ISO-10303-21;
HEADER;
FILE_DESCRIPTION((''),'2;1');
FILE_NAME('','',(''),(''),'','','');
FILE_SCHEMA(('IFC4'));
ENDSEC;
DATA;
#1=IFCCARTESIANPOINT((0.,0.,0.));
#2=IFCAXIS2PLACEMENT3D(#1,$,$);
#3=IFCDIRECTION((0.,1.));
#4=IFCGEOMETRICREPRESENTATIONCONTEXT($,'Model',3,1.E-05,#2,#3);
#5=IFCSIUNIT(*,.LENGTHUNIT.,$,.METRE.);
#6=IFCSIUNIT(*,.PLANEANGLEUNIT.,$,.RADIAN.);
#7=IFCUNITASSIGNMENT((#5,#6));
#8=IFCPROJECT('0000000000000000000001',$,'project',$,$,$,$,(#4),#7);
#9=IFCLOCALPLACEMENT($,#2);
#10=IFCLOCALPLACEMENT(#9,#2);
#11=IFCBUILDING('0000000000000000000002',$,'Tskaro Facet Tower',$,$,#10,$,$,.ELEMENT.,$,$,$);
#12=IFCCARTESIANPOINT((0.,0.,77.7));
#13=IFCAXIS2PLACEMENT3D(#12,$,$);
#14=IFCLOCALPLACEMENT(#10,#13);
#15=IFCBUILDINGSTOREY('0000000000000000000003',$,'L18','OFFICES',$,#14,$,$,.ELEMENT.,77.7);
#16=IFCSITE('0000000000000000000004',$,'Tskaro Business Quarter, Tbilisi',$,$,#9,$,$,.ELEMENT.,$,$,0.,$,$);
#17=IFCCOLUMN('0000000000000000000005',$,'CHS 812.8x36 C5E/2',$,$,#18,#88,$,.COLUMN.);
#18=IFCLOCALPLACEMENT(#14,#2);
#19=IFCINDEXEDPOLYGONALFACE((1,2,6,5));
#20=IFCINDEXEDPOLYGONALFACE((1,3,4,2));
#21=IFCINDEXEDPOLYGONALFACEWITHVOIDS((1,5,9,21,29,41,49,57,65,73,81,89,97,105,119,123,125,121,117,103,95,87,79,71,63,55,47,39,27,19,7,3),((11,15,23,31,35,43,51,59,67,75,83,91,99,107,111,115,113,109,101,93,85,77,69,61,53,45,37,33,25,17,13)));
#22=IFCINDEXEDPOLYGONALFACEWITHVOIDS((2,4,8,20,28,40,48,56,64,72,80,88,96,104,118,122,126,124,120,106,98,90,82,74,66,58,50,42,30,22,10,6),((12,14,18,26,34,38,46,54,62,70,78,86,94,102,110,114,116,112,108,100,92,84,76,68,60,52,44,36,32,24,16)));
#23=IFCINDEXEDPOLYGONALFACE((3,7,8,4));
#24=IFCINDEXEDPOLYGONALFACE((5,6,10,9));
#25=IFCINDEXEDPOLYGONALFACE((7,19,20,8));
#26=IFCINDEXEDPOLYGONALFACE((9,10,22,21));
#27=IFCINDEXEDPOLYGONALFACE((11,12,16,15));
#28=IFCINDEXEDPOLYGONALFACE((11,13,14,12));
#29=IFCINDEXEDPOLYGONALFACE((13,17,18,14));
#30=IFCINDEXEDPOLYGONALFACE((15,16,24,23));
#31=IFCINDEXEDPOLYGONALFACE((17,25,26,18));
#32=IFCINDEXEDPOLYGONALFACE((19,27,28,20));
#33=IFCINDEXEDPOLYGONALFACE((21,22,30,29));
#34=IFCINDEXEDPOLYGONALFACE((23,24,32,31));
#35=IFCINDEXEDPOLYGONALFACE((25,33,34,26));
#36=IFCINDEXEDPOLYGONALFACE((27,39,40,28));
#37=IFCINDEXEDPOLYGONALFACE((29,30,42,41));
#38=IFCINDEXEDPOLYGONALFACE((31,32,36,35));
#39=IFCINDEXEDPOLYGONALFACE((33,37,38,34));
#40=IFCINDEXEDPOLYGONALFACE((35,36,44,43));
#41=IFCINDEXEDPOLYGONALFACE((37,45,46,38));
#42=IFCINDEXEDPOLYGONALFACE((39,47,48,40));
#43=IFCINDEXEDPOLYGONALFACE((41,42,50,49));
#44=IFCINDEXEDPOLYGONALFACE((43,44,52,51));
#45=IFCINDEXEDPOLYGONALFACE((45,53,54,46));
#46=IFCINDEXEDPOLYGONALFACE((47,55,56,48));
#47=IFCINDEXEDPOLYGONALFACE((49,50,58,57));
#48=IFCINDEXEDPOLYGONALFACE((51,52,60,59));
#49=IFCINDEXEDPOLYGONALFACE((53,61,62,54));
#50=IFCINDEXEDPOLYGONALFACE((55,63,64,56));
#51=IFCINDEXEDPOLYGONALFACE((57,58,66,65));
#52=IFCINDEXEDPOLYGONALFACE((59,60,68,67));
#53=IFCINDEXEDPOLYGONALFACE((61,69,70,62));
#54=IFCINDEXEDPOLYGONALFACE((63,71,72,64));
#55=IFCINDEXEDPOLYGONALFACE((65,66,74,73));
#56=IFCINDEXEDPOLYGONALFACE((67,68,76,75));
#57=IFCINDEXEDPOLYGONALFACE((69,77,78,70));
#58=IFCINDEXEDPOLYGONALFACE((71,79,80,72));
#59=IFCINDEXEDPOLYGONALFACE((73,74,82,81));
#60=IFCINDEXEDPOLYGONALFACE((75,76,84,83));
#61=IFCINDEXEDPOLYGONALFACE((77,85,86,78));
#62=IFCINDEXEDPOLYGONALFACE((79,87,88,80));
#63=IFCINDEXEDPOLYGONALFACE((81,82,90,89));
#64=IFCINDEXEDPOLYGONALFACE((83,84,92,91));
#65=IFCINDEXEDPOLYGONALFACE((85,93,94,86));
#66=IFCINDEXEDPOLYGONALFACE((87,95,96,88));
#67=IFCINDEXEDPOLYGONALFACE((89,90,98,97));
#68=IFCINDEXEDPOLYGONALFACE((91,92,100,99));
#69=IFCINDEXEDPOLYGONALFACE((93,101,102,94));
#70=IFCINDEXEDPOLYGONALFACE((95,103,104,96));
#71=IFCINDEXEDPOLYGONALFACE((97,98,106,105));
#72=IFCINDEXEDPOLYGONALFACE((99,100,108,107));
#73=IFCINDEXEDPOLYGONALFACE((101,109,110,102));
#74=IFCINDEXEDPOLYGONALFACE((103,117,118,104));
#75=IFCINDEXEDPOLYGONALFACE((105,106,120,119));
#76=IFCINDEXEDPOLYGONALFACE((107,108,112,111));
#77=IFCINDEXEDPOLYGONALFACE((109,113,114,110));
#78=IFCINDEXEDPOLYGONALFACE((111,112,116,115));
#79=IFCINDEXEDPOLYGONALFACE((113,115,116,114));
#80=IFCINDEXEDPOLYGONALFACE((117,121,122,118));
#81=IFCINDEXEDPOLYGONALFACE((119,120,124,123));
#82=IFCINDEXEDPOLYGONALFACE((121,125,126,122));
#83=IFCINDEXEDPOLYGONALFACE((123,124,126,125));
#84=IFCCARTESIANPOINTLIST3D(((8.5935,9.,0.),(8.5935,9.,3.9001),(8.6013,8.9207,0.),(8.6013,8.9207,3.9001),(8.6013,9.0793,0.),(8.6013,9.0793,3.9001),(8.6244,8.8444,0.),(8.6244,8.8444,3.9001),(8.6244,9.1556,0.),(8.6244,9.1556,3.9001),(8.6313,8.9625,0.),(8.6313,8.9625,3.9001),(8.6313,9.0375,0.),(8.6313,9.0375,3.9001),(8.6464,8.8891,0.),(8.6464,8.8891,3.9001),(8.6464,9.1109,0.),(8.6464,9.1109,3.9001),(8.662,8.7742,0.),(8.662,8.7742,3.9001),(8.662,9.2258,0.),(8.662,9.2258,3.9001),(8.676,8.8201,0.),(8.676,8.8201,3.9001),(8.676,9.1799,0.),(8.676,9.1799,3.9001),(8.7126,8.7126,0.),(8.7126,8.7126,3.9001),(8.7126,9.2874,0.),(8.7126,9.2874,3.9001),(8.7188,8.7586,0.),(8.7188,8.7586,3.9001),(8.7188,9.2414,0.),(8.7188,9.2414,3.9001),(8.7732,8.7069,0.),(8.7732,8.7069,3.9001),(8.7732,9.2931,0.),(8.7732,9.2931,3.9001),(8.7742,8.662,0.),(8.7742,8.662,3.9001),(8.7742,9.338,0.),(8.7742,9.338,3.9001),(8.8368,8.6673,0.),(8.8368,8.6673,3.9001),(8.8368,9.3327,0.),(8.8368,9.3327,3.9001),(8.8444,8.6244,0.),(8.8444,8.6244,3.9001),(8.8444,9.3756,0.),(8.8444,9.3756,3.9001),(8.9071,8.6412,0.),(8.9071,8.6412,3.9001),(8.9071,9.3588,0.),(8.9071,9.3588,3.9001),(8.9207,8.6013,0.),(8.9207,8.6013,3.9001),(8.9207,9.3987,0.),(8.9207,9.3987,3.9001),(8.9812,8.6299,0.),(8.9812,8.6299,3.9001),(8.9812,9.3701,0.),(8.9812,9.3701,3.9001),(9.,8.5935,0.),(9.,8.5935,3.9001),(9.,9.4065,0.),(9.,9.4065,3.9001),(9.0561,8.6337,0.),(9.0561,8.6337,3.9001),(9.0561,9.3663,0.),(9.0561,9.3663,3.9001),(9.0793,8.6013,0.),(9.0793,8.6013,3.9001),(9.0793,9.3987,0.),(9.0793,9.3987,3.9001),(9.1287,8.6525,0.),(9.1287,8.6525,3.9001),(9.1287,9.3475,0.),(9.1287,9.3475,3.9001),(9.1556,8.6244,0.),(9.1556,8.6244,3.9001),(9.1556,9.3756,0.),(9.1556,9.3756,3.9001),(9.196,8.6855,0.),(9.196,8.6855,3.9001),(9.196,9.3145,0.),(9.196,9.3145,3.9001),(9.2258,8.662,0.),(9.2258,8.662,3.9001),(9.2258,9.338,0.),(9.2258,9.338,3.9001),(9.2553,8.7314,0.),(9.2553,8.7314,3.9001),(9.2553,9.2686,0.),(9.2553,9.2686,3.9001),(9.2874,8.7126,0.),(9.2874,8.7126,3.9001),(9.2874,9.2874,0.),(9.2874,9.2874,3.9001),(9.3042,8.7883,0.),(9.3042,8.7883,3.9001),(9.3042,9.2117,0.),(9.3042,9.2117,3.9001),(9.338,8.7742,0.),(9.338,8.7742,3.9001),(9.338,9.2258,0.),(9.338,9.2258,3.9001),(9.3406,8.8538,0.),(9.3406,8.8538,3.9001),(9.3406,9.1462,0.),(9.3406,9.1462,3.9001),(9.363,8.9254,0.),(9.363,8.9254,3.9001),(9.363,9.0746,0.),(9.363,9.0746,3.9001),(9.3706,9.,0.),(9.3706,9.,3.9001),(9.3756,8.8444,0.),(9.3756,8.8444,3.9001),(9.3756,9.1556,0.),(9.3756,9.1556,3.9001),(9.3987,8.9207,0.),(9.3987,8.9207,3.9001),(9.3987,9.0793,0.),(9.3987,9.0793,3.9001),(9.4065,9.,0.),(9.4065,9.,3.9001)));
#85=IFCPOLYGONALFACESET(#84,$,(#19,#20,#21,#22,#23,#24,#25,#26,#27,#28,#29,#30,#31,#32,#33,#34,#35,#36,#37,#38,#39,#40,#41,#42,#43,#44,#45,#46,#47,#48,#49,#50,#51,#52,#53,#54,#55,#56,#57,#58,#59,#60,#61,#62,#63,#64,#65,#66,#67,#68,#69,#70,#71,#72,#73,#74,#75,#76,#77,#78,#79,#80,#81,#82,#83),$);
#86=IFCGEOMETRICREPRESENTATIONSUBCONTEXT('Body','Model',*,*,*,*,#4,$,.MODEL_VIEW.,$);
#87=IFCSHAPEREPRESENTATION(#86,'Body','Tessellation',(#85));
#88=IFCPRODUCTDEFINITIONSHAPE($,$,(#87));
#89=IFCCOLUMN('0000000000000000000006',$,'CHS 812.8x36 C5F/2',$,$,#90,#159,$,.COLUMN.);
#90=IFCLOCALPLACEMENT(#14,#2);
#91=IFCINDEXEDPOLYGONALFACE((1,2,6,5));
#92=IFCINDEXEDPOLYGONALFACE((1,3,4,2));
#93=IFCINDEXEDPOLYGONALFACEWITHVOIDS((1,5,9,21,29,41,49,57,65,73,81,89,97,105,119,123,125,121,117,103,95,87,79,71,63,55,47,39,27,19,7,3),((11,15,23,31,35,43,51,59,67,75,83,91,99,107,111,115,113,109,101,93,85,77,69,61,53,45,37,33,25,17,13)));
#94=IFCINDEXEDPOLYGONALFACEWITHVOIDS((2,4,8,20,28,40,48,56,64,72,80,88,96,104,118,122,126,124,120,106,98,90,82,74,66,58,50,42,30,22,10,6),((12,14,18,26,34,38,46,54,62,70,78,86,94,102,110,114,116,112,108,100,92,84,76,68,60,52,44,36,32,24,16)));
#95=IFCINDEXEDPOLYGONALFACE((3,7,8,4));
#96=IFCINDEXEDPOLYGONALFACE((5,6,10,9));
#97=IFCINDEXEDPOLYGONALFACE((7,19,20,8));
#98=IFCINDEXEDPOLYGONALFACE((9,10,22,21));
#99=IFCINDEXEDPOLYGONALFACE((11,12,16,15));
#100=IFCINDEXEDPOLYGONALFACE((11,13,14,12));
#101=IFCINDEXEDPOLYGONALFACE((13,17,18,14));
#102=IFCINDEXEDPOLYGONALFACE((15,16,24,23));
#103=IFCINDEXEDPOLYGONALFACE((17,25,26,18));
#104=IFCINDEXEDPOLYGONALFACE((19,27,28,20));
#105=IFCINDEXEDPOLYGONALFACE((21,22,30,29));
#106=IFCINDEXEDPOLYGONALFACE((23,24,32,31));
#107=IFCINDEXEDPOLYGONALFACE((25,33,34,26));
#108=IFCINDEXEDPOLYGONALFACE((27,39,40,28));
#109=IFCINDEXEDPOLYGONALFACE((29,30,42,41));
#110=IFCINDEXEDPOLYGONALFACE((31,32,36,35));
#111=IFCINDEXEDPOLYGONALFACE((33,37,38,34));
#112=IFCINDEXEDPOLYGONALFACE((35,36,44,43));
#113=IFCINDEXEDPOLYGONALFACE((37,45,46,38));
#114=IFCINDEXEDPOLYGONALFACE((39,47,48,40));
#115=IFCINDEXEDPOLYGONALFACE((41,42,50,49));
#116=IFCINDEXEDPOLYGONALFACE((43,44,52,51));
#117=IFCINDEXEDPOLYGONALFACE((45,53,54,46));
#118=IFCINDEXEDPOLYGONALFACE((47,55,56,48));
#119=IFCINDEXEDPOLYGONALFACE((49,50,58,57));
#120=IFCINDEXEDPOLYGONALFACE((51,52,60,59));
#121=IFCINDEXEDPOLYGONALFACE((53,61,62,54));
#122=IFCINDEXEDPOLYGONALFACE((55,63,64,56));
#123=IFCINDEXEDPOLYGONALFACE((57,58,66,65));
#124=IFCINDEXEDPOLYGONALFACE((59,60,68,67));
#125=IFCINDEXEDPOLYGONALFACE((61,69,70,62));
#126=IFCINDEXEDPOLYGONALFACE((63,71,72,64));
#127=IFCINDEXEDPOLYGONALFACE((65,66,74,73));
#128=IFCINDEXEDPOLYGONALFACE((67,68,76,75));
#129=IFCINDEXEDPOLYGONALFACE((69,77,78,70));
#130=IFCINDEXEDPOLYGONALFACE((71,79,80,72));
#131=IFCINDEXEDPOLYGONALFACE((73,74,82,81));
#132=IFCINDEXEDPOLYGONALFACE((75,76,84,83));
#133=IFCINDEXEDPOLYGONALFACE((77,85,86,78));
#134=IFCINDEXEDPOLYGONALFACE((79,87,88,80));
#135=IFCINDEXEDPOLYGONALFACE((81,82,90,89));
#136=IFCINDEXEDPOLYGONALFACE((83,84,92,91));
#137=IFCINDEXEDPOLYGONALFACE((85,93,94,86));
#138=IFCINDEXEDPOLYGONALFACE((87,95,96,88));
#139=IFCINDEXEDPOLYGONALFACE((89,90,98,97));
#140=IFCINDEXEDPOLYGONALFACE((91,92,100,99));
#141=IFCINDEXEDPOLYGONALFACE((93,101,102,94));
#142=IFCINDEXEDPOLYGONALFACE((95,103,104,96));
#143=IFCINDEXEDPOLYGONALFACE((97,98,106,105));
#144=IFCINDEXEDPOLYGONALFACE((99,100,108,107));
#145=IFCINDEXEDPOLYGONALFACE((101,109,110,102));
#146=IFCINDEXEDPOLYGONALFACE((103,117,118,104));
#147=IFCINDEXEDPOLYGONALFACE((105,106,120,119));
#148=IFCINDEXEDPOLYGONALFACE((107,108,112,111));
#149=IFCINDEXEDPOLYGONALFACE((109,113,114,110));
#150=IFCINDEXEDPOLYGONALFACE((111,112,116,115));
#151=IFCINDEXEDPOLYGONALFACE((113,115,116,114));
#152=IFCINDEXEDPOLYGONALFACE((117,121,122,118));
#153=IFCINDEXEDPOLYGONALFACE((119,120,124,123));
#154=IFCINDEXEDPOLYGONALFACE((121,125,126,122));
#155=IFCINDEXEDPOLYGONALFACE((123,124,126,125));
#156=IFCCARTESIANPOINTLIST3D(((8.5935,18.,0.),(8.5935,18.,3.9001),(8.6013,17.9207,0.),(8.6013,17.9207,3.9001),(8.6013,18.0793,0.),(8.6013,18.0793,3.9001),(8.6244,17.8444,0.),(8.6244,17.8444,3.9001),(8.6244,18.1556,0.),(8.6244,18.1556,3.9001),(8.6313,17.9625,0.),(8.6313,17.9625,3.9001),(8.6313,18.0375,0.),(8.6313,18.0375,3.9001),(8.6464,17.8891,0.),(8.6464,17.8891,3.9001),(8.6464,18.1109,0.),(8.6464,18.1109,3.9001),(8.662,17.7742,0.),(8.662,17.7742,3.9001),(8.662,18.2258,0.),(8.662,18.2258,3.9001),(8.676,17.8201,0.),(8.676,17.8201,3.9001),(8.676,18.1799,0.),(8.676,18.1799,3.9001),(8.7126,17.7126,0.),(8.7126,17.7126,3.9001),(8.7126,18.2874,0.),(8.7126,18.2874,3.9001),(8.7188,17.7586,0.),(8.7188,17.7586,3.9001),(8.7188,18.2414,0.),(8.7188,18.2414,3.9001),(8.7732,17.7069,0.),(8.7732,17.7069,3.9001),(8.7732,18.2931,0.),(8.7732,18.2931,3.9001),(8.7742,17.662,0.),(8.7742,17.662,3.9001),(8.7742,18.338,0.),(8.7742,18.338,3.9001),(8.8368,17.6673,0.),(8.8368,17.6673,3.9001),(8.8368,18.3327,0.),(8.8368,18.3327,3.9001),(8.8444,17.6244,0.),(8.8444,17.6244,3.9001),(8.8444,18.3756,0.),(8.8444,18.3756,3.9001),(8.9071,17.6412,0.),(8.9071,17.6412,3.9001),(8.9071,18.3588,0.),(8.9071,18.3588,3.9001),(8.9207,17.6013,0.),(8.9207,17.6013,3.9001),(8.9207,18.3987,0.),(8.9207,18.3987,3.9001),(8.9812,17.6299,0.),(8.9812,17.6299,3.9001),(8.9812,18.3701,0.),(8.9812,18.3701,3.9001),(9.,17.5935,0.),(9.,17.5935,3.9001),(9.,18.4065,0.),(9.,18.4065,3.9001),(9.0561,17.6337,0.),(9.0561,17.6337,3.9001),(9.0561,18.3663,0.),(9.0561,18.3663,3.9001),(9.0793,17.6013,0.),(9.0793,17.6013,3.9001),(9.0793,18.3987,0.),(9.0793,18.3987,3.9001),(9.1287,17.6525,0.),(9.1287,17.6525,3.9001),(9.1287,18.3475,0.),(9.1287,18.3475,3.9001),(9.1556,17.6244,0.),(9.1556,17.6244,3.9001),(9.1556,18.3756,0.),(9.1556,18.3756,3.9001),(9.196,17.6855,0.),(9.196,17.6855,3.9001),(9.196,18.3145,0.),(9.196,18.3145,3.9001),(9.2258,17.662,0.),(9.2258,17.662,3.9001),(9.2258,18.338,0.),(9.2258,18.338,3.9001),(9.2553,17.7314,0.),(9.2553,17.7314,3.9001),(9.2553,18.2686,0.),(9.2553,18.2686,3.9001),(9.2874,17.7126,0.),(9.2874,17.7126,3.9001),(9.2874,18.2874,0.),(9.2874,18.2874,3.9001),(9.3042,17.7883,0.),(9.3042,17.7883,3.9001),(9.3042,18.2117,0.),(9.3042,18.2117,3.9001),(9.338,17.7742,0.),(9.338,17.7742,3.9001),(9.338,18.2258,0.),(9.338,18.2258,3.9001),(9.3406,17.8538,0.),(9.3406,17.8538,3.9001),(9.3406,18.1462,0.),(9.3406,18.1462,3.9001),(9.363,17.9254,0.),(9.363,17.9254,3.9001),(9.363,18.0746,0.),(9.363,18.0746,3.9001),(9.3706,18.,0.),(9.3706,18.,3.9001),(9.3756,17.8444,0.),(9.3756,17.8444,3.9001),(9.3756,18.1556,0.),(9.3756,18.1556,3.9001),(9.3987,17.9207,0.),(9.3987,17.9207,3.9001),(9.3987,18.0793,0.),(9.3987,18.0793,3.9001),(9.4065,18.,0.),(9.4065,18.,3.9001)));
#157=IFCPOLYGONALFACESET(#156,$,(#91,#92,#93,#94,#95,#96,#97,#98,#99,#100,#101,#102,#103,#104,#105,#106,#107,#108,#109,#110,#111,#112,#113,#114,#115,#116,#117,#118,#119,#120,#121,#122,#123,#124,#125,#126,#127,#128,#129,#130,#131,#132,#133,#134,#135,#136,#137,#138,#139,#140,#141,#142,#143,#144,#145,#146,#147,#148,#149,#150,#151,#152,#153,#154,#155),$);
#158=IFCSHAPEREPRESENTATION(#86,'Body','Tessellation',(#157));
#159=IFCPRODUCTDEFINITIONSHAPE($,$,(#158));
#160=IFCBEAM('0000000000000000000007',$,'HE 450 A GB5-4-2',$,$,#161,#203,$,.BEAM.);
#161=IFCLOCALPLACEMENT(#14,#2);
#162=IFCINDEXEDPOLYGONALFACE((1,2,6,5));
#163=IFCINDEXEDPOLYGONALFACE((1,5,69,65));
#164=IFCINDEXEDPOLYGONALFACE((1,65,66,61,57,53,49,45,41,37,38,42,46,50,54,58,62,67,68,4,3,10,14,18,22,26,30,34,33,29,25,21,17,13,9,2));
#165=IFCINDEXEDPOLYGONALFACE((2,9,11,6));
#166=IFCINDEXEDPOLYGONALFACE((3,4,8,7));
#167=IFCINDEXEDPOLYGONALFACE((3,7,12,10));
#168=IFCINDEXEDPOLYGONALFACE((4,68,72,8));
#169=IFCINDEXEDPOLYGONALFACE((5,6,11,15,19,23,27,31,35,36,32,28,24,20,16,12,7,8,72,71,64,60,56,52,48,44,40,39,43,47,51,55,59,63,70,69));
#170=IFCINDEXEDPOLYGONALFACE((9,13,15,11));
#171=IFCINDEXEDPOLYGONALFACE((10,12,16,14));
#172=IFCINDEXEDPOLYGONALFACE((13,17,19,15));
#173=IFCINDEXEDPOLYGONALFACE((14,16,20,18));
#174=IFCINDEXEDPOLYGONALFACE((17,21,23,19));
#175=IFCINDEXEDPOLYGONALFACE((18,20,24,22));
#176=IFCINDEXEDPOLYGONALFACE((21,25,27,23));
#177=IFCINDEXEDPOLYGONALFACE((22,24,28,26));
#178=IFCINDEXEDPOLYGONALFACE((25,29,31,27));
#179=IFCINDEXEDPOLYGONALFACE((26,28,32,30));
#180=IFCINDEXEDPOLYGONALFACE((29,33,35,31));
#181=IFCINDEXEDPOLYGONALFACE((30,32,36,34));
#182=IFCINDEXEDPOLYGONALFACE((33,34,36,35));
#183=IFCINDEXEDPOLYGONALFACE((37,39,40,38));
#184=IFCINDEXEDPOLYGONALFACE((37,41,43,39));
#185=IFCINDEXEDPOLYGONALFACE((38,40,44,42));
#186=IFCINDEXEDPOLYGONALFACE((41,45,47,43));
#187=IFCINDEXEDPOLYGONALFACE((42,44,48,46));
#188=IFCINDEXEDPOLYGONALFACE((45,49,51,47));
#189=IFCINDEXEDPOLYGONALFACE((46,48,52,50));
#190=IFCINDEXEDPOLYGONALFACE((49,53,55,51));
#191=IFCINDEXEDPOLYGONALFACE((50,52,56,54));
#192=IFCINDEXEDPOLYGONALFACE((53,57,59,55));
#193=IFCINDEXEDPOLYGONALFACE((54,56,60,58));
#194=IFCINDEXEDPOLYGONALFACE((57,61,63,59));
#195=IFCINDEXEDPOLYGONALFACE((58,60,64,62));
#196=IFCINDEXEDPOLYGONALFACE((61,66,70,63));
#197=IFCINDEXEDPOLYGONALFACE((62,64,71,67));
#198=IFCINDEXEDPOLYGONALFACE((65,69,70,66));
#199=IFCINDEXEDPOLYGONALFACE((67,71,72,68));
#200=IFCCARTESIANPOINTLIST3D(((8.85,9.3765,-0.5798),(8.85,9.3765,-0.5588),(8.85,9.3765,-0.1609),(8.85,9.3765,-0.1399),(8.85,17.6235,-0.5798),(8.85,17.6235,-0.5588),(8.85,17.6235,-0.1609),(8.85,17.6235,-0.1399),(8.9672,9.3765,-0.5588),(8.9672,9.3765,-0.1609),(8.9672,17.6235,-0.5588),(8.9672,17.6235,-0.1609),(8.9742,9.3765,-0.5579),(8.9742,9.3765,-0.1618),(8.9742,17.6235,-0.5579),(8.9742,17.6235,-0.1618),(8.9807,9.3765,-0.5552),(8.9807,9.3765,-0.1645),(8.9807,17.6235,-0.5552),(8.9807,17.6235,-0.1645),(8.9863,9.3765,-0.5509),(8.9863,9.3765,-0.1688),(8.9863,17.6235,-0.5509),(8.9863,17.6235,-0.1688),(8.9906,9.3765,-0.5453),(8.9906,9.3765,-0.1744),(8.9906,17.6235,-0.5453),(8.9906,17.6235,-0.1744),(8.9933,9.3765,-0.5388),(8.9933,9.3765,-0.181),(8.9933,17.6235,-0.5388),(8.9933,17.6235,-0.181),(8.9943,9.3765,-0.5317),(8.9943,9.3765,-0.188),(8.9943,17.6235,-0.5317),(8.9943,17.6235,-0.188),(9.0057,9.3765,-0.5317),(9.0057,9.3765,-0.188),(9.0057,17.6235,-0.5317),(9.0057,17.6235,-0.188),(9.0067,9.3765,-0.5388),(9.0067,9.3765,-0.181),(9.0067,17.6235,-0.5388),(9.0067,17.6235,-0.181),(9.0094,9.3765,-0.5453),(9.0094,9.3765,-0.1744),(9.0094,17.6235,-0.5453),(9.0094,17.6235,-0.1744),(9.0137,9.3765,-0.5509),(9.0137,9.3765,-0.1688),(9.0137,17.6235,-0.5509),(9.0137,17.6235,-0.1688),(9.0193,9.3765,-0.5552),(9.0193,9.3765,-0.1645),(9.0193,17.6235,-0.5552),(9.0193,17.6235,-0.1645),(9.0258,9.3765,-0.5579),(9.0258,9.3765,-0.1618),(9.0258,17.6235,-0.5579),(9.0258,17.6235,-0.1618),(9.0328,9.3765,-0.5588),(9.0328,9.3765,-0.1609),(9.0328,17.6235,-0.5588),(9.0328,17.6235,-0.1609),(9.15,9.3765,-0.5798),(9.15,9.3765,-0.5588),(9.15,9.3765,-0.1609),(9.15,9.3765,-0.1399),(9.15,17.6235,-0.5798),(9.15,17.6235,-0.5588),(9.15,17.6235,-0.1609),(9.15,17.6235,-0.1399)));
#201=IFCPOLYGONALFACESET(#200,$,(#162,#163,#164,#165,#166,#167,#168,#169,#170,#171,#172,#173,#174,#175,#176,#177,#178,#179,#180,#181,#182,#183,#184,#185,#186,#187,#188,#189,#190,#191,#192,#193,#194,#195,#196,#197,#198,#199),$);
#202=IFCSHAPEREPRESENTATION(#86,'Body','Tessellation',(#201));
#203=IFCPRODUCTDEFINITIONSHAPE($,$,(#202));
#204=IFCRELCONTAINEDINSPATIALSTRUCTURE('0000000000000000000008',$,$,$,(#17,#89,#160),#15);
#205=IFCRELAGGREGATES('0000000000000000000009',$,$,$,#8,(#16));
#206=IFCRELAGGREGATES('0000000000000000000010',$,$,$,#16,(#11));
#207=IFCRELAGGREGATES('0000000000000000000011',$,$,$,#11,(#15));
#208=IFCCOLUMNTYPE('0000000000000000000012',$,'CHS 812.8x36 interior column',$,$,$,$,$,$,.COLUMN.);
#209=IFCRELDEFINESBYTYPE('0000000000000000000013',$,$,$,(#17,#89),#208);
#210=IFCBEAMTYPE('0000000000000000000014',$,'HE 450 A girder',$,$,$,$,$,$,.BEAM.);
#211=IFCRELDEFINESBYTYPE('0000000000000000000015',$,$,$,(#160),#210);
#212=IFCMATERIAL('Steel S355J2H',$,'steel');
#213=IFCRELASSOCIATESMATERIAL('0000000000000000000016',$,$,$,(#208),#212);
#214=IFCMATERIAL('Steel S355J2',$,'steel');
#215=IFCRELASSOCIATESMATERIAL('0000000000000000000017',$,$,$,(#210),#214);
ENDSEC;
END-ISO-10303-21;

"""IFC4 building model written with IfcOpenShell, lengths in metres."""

from ifc_helpers import new_model, si_unit, direction, frame, origin, origin_2d, place, context, subcontext, project, spatial, hollow_circle, i_section, extrude, material, material_profile, profile_set, type_object, element, save


model = new_model("IFC4")

# Units and contexts
model_context = context("Model", 3, precision=1e-05, world=origin(), true_north=direction((0.0, 1.0)))
body_context = subcontext(model_context, "Body", "Model", "MODEL_VIEW")
ifc_project = project(units=[si_unit("LENGTHUNIT", "METRE"), si_unit("PLANEANGLEUNIT", "RADIAN")], contexts=[model_context])

# Site, building, storey
site_placement = place(None, origin())
site = spatial("IfcSite", under=ifc_project, at=site_placement, Name="Tskaro Business Quarter, Tbilisi", CompositionType="ELEMENT", RefElevation=0.0)
building_placement = place(site_placement, origin())
building = spatial("IfcBuilding", under=site, at=building_placement, Name="Tskaro Facet Tower", CompositionType="ELEMENT")
storey_placement = place(building_placement, frame((0.0, 0.0, 77.7)))
storey = spatial("IfcBuildingStorey", under=building, at=storey_placement, Name="L18", Description="OFFICES", CompositionType="ELEMENT", Elevation=77.7)

# Columns
ifc_material_1 = material(Name="Steel S355J2H", Category="steel")
ifc_material_profile_1 = material_profile(ifc_material_1, hollow_circle(Radius=0.4065, WallThickness=0.0359, at=origin_2d()), Name="CHS 812.8x36")
ifc_profile_set_1 = profile_set([ifc_material_profile_1], Name="Steel S355J2H")
column_type = type_object("IfcColumnType", Name="CHS 812.8x36 interior column", PredefinedType="COLUMN", material=ifc_profile_set_1)
for number, where, z_axis, x_axis, name in (
    (1, (9.0, 9.0, 0.0), (0.0, 0.0, 1.0), (1.0, 0.0, 0.0), "CHS 812.8x36 C5E/2"),
    (2, (9.0, 18.0, 0.0), (0.0, 0.0, 1.0), (1.0, 0.0, 0.0), "CHS 812.8x36 C5F/2"),
):
    element("IfcColumn", number, at=place(storey_placement, frame(where, z_axis=z_axis, x_axis=x_axis)), inside=storey, type_object=column_type, Name=name, PredefinedType="COLUMN", context=body_context, shape_type="SweptSolid", body=[
        extrude(hollow_circle(Radius=0.4065, WallThickness=0.0359, at=origin_2d()), origin(), (0.0, 0.0, 1.0), 3.9001),
    ])

# Beam
ifc_material_2 = material(Name="Steel S355J2", Category="steel")
ifc_material_profile_2 = material_profile(ifc_material_2, i_section(OverallWidth=0.3, OverallDepth=0.4399, WebThickness=0.0115, FlangeThickness=0.021, FilletRadius=0.0271, at=origin_2d()), Name="HE 450 A")
ifc_profile_set_2 = profile_set([ifc_material_profile_2], Name="Steel S355J2")
beam_type_1 = type_object("IfcBeamType", Name="HE 450 A girder", PredefinedType="BEAM", material=ifc_profile_set_2)
beam_1_placement = place(storey_placement, frame((9.0, 9.3765, -0.3599), z_axis=(0.0, 1.0, 0.0), x_axis=(-1.0, 0.0, 0.0)))
element("IfcBeam", 3, at=beam_1_placement, inside=storey, type_object=beam_type_1, Name="HE 450 A GB5-4-2", PredefinedType="BEAM", context=body_context, shape_type="SweptSolid", body=[
    extrude(i_section(OverallWidth=0.3, OverallDepth=0.4399, WebThickness=0.0115, FlangeThickness=0.021, FilletRadius=0.0271, at=origin_2d()), origin(), (0.0, 0.0, 1.0), 8.2471),
])

save(model, "model.ifc")
